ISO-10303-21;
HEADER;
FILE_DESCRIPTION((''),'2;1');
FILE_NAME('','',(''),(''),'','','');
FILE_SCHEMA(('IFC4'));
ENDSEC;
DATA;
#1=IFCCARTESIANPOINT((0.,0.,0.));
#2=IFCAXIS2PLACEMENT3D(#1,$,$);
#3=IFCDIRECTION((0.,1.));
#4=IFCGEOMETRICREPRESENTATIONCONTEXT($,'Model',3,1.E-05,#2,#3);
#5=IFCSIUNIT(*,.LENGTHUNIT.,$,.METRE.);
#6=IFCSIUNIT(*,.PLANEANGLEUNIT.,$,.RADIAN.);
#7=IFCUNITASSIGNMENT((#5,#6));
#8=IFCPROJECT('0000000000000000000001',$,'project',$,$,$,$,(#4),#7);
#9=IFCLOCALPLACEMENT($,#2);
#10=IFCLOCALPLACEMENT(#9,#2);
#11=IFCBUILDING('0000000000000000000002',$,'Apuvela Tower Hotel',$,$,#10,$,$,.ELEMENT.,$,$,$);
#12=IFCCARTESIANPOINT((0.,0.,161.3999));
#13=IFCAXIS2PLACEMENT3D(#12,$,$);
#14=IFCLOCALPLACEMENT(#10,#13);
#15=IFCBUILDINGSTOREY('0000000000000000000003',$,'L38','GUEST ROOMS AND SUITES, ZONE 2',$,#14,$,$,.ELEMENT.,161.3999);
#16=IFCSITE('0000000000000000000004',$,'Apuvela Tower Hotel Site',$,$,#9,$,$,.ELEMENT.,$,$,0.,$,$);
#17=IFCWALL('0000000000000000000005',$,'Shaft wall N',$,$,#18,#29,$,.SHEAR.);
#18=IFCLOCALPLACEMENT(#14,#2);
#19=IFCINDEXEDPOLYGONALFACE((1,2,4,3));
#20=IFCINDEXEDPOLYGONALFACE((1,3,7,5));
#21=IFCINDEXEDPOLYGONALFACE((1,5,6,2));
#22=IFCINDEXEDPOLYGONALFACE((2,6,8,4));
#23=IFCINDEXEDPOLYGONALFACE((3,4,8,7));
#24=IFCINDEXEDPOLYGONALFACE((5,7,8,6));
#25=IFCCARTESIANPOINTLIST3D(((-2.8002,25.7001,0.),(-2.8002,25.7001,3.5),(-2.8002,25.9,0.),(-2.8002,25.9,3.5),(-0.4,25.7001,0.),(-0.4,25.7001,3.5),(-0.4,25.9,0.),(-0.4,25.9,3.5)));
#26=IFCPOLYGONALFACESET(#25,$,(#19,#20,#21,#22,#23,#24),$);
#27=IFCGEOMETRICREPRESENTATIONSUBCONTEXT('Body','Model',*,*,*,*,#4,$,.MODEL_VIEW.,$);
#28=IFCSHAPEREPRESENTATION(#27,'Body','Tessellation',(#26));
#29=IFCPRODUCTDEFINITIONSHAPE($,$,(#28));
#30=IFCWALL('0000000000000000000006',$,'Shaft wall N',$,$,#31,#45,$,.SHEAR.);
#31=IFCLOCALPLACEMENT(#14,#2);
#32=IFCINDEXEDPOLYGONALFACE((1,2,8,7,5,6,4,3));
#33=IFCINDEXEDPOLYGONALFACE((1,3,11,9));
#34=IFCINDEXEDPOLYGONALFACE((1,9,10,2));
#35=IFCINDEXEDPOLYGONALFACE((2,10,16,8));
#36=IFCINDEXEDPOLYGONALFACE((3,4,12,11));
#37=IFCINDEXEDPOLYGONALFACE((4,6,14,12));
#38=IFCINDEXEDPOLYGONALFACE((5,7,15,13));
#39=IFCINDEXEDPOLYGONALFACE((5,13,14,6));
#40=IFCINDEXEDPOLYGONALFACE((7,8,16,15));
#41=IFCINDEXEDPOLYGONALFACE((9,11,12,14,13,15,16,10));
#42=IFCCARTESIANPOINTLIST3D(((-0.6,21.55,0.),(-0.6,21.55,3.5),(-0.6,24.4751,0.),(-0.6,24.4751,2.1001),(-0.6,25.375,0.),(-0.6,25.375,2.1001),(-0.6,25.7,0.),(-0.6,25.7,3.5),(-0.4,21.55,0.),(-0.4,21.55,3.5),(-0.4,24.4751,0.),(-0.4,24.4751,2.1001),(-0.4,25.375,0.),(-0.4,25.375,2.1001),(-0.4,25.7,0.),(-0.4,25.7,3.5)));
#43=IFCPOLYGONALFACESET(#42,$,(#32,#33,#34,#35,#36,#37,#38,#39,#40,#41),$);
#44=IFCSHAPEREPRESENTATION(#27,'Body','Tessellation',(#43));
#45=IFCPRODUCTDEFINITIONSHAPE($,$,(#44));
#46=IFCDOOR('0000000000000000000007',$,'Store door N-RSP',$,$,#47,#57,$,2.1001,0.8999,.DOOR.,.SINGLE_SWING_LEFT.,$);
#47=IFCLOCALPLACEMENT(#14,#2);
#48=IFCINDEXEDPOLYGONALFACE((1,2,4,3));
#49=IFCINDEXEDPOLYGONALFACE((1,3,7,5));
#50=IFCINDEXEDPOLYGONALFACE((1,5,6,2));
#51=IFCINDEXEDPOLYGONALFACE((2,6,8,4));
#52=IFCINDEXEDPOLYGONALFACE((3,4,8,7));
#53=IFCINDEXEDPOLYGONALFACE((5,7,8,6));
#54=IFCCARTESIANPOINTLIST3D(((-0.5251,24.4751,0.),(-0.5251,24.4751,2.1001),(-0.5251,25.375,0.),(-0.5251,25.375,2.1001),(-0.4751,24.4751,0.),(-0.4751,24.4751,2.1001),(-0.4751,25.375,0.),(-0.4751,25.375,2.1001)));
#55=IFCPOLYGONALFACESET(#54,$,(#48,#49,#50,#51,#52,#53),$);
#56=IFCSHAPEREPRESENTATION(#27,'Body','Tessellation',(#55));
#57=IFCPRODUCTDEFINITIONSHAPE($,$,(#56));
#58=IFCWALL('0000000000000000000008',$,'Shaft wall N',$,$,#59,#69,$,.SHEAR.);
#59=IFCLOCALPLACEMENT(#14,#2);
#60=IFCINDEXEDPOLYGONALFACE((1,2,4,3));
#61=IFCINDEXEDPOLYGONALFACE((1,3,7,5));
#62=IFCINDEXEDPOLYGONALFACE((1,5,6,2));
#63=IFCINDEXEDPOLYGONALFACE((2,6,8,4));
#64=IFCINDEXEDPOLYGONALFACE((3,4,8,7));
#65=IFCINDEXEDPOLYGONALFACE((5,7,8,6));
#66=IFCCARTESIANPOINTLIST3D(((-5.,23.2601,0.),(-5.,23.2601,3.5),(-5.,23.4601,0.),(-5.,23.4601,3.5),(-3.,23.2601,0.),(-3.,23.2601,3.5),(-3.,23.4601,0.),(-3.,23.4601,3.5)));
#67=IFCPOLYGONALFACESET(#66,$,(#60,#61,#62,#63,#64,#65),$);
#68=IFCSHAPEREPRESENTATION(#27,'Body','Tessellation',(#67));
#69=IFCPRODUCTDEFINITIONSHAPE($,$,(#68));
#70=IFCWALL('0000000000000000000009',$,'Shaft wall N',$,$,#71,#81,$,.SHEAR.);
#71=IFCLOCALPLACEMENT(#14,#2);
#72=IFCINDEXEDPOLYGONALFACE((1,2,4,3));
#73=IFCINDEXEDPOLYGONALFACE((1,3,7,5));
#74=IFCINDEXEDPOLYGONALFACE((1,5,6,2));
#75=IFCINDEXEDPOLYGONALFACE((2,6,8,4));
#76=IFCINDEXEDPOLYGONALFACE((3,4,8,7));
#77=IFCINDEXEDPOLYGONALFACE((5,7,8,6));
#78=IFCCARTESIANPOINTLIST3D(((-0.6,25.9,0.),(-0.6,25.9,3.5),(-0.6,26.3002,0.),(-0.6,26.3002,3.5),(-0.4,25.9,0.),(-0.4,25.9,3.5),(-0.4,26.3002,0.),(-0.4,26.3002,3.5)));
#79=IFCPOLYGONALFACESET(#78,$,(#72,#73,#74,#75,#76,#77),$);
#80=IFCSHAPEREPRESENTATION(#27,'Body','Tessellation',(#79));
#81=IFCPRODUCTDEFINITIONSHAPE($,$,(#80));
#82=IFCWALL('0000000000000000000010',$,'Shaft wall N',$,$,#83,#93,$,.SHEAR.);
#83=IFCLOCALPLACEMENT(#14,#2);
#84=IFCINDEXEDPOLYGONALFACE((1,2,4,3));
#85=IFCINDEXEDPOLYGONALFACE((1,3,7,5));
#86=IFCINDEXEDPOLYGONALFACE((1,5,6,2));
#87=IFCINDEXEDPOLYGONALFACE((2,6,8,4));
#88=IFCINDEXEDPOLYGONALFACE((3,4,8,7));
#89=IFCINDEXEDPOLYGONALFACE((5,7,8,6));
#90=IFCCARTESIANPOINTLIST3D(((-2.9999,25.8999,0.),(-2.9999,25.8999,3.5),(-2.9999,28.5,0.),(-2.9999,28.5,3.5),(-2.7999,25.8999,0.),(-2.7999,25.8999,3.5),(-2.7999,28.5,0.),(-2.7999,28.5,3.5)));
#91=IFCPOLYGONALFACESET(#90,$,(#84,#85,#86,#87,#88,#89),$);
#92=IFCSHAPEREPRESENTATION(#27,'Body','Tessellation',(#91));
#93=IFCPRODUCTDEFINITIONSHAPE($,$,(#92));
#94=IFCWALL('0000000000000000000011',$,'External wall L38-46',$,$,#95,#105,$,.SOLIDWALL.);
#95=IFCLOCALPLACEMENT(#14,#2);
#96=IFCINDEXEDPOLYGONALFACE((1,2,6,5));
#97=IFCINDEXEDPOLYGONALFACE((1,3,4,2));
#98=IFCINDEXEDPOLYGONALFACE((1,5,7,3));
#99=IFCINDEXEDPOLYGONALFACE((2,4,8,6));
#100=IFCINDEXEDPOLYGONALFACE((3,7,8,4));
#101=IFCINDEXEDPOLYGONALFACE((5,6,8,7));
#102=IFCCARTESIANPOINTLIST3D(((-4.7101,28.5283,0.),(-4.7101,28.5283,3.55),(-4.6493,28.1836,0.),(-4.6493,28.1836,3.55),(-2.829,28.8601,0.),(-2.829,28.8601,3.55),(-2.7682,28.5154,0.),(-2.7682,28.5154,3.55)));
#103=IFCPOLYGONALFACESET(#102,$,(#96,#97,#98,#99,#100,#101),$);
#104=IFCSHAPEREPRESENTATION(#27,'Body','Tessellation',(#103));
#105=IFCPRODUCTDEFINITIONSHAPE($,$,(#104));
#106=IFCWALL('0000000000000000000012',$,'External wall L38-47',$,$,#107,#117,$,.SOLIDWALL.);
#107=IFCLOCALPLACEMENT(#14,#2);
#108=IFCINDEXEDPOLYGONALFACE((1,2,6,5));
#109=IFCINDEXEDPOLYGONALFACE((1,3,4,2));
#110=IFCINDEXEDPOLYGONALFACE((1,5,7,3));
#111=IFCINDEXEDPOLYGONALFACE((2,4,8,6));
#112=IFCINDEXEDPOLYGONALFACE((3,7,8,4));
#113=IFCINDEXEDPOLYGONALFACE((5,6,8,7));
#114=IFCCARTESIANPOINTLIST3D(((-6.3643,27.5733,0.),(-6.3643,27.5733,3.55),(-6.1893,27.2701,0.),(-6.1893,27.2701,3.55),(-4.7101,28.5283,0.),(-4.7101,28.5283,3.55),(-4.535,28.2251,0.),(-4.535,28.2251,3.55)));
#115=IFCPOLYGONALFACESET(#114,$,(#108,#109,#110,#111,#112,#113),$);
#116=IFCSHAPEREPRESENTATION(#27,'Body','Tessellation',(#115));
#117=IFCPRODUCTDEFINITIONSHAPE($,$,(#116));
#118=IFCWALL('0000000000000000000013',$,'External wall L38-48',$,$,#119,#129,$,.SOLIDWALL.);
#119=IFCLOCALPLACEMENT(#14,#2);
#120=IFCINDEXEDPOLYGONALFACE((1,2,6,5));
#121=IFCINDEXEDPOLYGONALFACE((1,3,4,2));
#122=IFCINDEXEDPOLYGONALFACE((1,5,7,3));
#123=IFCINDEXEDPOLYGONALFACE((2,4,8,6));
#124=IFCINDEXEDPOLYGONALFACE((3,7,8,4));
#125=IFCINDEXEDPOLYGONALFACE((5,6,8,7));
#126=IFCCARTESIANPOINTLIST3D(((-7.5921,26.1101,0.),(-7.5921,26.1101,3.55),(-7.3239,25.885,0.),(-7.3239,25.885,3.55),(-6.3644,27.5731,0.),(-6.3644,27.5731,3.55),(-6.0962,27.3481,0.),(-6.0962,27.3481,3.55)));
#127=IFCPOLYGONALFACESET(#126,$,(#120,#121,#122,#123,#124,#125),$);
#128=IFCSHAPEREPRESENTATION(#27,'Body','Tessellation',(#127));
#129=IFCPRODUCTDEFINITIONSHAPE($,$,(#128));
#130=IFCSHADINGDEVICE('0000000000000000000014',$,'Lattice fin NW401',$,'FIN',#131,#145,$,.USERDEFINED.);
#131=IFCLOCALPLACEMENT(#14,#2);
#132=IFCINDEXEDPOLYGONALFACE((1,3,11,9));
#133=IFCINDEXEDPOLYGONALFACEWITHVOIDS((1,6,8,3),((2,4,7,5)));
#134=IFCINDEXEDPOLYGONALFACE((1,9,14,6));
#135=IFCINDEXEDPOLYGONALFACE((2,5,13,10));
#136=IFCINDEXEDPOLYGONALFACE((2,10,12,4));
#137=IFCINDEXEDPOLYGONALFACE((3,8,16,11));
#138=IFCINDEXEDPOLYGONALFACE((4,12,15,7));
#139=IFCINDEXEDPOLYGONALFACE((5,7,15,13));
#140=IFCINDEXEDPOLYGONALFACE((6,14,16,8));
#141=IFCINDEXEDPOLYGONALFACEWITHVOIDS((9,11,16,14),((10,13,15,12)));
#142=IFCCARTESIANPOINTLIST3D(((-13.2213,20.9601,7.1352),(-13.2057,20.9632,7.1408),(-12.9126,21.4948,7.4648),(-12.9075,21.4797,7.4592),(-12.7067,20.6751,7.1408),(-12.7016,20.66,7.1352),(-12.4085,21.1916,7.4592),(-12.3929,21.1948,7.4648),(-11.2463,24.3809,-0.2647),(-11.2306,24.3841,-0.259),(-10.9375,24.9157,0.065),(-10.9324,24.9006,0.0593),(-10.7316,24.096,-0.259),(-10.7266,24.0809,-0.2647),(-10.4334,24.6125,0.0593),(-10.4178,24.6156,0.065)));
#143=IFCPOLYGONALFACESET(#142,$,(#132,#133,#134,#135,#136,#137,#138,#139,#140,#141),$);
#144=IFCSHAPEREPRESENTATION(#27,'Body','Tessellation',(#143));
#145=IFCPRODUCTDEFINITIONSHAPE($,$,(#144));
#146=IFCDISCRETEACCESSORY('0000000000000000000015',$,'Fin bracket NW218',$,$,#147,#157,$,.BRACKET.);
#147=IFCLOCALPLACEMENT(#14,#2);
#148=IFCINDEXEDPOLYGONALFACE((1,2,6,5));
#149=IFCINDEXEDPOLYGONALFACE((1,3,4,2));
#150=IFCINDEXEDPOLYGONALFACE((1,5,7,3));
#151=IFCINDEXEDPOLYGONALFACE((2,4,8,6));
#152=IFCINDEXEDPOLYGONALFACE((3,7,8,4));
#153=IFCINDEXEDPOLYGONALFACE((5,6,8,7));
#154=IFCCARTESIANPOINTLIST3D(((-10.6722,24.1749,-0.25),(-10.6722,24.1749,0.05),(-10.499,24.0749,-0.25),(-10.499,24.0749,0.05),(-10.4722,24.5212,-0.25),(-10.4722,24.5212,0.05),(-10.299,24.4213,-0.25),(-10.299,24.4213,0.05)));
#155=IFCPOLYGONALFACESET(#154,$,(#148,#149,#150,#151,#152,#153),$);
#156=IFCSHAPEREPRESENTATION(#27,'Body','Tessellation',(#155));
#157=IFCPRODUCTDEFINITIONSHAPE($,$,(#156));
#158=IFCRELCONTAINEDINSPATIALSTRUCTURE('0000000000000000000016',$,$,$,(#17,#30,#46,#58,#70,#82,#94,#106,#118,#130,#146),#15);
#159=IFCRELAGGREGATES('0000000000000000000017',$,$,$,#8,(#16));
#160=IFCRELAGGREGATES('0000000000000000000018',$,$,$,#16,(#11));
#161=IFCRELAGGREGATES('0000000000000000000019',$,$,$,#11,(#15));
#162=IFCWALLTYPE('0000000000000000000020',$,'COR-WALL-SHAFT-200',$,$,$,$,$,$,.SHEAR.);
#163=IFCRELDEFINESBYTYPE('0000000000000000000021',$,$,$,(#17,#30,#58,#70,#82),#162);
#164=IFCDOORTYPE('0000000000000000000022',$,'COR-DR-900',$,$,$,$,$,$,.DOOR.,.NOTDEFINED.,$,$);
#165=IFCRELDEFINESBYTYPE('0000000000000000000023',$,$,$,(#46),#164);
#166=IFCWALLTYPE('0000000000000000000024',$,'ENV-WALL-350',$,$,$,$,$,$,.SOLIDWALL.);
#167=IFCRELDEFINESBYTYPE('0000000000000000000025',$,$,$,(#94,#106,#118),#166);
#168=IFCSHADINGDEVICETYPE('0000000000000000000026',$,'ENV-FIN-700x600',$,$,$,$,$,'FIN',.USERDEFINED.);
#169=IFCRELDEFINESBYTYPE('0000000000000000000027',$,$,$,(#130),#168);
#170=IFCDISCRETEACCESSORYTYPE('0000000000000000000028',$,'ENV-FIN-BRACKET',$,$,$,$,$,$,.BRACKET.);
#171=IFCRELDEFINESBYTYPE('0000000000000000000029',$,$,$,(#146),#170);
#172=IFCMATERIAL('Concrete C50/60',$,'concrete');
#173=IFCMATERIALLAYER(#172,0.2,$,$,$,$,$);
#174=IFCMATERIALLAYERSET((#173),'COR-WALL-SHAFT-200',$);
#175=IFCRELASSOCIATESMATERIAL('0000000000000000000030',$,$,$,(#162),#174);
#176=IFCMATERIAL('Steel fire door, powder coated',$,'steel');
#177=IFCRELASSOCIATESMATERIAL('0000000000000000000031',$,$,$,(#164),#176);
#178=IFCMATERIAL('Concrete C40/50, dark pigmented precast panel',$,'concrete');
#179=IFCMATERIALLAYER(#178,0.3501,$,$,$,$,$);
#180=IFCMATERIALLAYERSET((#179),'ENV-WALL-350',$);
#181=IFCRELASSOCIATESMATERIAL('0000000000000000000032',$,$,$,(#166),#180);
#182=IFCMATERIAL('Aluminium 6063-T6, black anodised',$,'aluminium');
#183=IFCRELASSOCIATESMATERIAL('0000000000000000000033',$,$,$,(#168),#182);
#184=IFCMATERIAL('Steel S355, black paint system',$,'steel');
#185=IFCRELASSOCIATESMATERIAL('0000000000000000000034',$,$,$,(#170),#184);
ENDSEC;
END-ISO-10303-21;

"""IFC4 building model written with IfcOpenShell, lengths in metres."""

from ifc_helpers import new_model, si_unit, direction, frame, frame_2d, origin, origin_2d, place, context, subcontext, project, spatial, rectangle, hollow_rectangle, extrude, material, layer, layer_set, material_profile, profile_set, type_object, element, fill, save


model = new_model("IFC4")

# Units and contexts
model_context = context("Model", 3, precision=1e-05, world=origin(), true_north=direction((0.0, 1.0)))
body_context = subcontext(model_context, "Body", "Model", "MODEL_VIEW")
ifc_project = project(units=[si_unit("LENGTHUNIT", "METRE"), si_unit("PLANEANGLEUNIT", "RADIAN")], contexts=[model_context])

# Site, building, storey
site_placement = place(None, origin())
site = spatial("IfcSite", under=ifc_project, at=site_placement, Name="Apuvela Tower Hotel Site", CompositionType="ELEMENT", RefElevation=0.0)
building_placement = place(site_placement, origin())
building = spatial("IfcBuilding", under=site, at=building_placement, Name="Apuvela Tower Hotel", CompositionType="ELEMENT")
storey_placement = place(building_placement, frame((0.0, 0.0, 161.3999)))
storey = spatial("IfcBuildingStorey", under=building, at=storey_placement, Name="L38", Description="GUEST ROOMS AND SUITES, ZONE 2", CompositionType="ELEMENT", Elevation=161.3999)

# Wall
ifc_material_1 = material(Name="Concrete C50/60", Category="concrete")
ifc_layer_1 = layer(ifc_material_1, 0.2)
ifc_layer_set_1 = layer_set([ifc_layer_1], Name="COR-WALL-SHAFT-200")
wall_type_1 = type_object("IfcWallType", Name="COR-WALL-SHAFT-200", PredefinedType="SHEAR", material=ifc_layer_set_1)
wall_1_placement = place(storey_placement, frame((-0.3999, 25.8, 0.0), z_axis=(0.0, 0.0, 1.0), x_axis=(-1.0, 0.0, 0.0)))
element("IfcWall", 1, at=wall_1_placement, inside=storey, type_object=wall_type_1, Name="Shaft wall N", PredefinedType="SHEAR", context=body_context, shape_type="SweptSolid", body=[
    extrude(rectangle(XDim=2.4001, YDim=0.2, at=frame_2d((1.2002, 0.0))), origin(), (0.0, 0.0, 1.0), 3.5),
])

# Wall, opening, door
wall_2_placement = place(storey_placement, frame((-0.5, 21.55, 0.0), z_axis=(0.0, 0.0, 1.0), x_axis=(0.0, 1.0, 0.0)))
wall_2 = element("IfcWall", 2, at=wall_2_placement, inside=storey, type_object=wall_type_1, Name="Shaft wall N", PredefinedType="SHEAR", context=body_context, shape_type="SweptSolid", body=[
    extrude(rectangle(XDim=4.1499, YDim=0.2, at=frame_2d((2.075, 0.0))), origin(), (0.0, 0.0, 1.0), 3.5),
])
opening_1_placement = place(wall_2_placement, frame((2.925, 0.0, 0.0)))
opening_1 = element("IfcOpeningElement", 3, at=opening_1_placement, cuts=wall_2, PredefinedType="OPENING", context=body_context, shape_type="SweptSolid", body=[
    extrude(rectangle(XDim=0.8999, YDim=2.1001, at=frame_2d((0.45, 1.05))), frame((0.0, 0.1099, 0.0), z_axis=(0.0, -1.0, 0.0), x_axis=(1.0, 0.0, 0.0)), (0.0, 0.0, 1.0), 0.22),
])
ifc_material_2 = material(Name="Steel fire door, powder coated", Category="steel")
door_type_1 = type_object("IfcDoorType", Name="COR-DR-900", OperationType="NOTDEFINED", PredefinedType="DOOR", material=ifc_material_2)
door_1_placement = place(opening_1_placement, frame((0.8999, 0.0, 0.0), z_axis=(0.0, 0.0, 1.0), x_axis=(-1.0, 0.0, 0.0)))
door_1 = element("IfcDoor", 4, at=door_1_placement, inside=storey, type_object=door_type_1, Name="Store door N-RSP", OperationType="SINGLE_SWING_LEFT", OverallHeight=2.1001, OverallWidth=0.8999, PredefinedType="DOOR", context=body_context, shape_type="SweptSolid", body=[
    extrude(rectangle(XDim=0.8999, YDim=2.1001, at=frame_2d((0.45, 1.05))), frame((0.0, 0.0249, 0.0), z_axis=(0.0, -1.0, 0.0), x_axis=(1.0, 0.0, 0.0)), (0.0, 0.0, 1.0), 0.05),
])
fill(opening_1, door_1)

# Walls
wall_3_placement = place(storey_placement, frame((-3.0, 23.3601, 0.0), z_axis=(0.0, 0.0, 1.0), x_axis=(-1.0, 0.0, 0.0)))
element("IfcWall", 5, at=wall_3_placement, inside=storey, type_object=wall_type_1, Name="Shaft wall N", PredefinedType="SHEAR", context=body_context, shape_type="SweptSolid", body=[
    extrude(rectangle(XDim=2.0, YDim=0.2, at=frame_2d((1.0, 0.0))), origin(), (0.0, 0.0, 1.0), 3.5),
])
wall_4_placement = place(storey_placement, frame((-0.5, 25.8999, 0.0), z_axis=(0.0, 0.0, 1.0), x_axis=(0.0, 1.0, 0.0)))
element("IfcWall", 6, at=wall_4_placement, inside=storey, type_object=wall_type_1, Name="Shaft wall N", PredefinedType="SHEAR", context=body_context, shape_type="SweptSolid", body=[
    extrude(rectangle(XDim=0.4001, YDim=0.2, at=frame_2d((0.2002, 0.0))), origin(), (0.0, 0.0, 1.0), 3.5),
])
wall_5_placement = place(storey_placement, frame((-2.8999, 25.8999, 0.0), z_axis=(0.0, 0.0, 1.0), x_axis=(0.0, 1.0, 0.0)))
element("IfcWall", 7, at=wall_5_placement, inside=storey, type_object=wall_type_1, Name="Shaft wall N", PredefinedType="SHEAR", context=body_context, shape_type="SweptSolid", body=[
    extrude(rectangle(XDim=2.6001, YDim=0.2, at=frame_2d((1.3, 0.0))), origin(), (0.0, 0.0, 1.0), 3.5),
])

# Shared definitions
ifc_material_3 = material(Name="Concrete C40/50, dark pigmented precast panel", Category="concrete")
ifc_layer_2 = layer(ifc_material_3, 0.3501)
ifc_layer_set_2 = layer_set([ifc_layer_2], Name="ENV-WALL-350")
wall_type_2 = type_object("IfcWallType", Name="ENV-WALL-350", PredefinedType="SOLIDWALL", material=ifc_layer_set_2)

# Walls
for number, where, z_axis, x_axis, name in (
    (8, (-2.7986, 28.6877, 0.0), (0.0, 0.0, 1.0), (-0.984799, -0.173698, 0.0), "External wall L38-46"),
    (9, (-4.6226, 28.3767, 0.0), (0.0, 0.0, 1.0), (-0.866032, -0.499988, 0.0), "External wall L38-47"),
):
    element("IfcWall", number, at=place(storey_placement, frame(where, z_axis=z_axis, x_axis=x_axis)), inside=storey, type_object=wall_type_2, Name=name, PredefinedType="SOLIDWALL", context=body_context, shape_type="SweptSolid", body=[
        extrude(rectangle(XDim=1.9102, YDim=0.3501, at=frame_2d((0.9551, 0.0))), origin(), (0.0, 0.0, 1.0), 3.55),
    ])
wall_6_placement = place(storey_placement, frame((-6.2302, 27.4607, 0.0), z_axis=(0.0, 0.0, 1.0), x_axis=(-0.642808, -0.766027, 0.0)))
element("IfcWall", 10, at=wall_6_placement, inside=storey, type_object=wall_type_2, Name="External wall L38-48", PredefinedType="SOLIDWALL", context=body_context, shape_type="SweptSolid", body=[
    extrude(rectangle(XDim=1.9099, YDim=0.3501, at=frame_2d((0.9551, 0.0))), origin(), (0.0, 0.0, 1.0), 3.55),
])

# Shading device
ifc_material_4 = material(Name="Aluminium 6063-T6, black anodised", Category="aluminium")
ifc_material_profile_1 = material_profile(ifc_material_4, hollow_rectangle(XDim=0.6001, YDim=0.7, WallThickness=0.012, at=origin_2d()), Name="AL BOX 700x600x12")
ifc_profile_set_1 = profile_set([ifc_material_profile_1], Name="Aluminium 6063-T6, black anodised")
shading_device_type = type_object("IfcShadingDeviceType", Name="ENV-FIN-700x600", ElementType="FIN", PredefinedType="USERDEFINED", material=ifc_profile_set_1)
shading_device_placement = place(storey_placement, frame((-10.832, 24.4983, -0.0999), z_axis=(-0.235461, -0.407822, 0.882179), x_axis=(0.866021, -0.500008, 0.0)))
element("IfcShadingDevice", 11, at=shading_device_placement, inside=storey, type_object=shading_device_type, Name="Lattice fin NW401", ObjectType="FIN", PredefinedType="USERDEFINED", context=body_context, shape_type="SweptSolid", body=[
    extrude(hollow_rectangle(XDim=0.6001, YDim=0.7, WallThickness=0.012, at=origin_2d()), origin(), (0.0, 0.0, 1.0), 8.3882),
])

# Discrete accessory
ifc_material_5 = material(Name="Steel S355, black paint system", Category="steel")
discrete_accessory_type = type_object("IfcDiscreteAccessoryType", Name="ENV-FIN-BRACKET", PredefinedType="BRACKET", material=ifc_material_5)
discrete_accessory_placement = place(storey_placement, frame((-10.4856, 24.2981, -0.25), z_axis=(0.0, 0.0, 1.0), x_axis=(-0.5, -0.866025, 0.0)))
element("IfcDiscreteAccessory", 12, at=discrete_accessory_placement, inside=storey, type_object=discrete_accessory_type, Name="Fin bracket NW218", PredefinedType="BRACKET", context=body_context, shape_type="SweptSolid", body=[
    extrude(rectangle(XDim=0.3999, YDim=0.2, at=origin_2d()), origin(), (0.0, 0.0, 1.0), 0.3),
])

save(model, "model.ifc")
